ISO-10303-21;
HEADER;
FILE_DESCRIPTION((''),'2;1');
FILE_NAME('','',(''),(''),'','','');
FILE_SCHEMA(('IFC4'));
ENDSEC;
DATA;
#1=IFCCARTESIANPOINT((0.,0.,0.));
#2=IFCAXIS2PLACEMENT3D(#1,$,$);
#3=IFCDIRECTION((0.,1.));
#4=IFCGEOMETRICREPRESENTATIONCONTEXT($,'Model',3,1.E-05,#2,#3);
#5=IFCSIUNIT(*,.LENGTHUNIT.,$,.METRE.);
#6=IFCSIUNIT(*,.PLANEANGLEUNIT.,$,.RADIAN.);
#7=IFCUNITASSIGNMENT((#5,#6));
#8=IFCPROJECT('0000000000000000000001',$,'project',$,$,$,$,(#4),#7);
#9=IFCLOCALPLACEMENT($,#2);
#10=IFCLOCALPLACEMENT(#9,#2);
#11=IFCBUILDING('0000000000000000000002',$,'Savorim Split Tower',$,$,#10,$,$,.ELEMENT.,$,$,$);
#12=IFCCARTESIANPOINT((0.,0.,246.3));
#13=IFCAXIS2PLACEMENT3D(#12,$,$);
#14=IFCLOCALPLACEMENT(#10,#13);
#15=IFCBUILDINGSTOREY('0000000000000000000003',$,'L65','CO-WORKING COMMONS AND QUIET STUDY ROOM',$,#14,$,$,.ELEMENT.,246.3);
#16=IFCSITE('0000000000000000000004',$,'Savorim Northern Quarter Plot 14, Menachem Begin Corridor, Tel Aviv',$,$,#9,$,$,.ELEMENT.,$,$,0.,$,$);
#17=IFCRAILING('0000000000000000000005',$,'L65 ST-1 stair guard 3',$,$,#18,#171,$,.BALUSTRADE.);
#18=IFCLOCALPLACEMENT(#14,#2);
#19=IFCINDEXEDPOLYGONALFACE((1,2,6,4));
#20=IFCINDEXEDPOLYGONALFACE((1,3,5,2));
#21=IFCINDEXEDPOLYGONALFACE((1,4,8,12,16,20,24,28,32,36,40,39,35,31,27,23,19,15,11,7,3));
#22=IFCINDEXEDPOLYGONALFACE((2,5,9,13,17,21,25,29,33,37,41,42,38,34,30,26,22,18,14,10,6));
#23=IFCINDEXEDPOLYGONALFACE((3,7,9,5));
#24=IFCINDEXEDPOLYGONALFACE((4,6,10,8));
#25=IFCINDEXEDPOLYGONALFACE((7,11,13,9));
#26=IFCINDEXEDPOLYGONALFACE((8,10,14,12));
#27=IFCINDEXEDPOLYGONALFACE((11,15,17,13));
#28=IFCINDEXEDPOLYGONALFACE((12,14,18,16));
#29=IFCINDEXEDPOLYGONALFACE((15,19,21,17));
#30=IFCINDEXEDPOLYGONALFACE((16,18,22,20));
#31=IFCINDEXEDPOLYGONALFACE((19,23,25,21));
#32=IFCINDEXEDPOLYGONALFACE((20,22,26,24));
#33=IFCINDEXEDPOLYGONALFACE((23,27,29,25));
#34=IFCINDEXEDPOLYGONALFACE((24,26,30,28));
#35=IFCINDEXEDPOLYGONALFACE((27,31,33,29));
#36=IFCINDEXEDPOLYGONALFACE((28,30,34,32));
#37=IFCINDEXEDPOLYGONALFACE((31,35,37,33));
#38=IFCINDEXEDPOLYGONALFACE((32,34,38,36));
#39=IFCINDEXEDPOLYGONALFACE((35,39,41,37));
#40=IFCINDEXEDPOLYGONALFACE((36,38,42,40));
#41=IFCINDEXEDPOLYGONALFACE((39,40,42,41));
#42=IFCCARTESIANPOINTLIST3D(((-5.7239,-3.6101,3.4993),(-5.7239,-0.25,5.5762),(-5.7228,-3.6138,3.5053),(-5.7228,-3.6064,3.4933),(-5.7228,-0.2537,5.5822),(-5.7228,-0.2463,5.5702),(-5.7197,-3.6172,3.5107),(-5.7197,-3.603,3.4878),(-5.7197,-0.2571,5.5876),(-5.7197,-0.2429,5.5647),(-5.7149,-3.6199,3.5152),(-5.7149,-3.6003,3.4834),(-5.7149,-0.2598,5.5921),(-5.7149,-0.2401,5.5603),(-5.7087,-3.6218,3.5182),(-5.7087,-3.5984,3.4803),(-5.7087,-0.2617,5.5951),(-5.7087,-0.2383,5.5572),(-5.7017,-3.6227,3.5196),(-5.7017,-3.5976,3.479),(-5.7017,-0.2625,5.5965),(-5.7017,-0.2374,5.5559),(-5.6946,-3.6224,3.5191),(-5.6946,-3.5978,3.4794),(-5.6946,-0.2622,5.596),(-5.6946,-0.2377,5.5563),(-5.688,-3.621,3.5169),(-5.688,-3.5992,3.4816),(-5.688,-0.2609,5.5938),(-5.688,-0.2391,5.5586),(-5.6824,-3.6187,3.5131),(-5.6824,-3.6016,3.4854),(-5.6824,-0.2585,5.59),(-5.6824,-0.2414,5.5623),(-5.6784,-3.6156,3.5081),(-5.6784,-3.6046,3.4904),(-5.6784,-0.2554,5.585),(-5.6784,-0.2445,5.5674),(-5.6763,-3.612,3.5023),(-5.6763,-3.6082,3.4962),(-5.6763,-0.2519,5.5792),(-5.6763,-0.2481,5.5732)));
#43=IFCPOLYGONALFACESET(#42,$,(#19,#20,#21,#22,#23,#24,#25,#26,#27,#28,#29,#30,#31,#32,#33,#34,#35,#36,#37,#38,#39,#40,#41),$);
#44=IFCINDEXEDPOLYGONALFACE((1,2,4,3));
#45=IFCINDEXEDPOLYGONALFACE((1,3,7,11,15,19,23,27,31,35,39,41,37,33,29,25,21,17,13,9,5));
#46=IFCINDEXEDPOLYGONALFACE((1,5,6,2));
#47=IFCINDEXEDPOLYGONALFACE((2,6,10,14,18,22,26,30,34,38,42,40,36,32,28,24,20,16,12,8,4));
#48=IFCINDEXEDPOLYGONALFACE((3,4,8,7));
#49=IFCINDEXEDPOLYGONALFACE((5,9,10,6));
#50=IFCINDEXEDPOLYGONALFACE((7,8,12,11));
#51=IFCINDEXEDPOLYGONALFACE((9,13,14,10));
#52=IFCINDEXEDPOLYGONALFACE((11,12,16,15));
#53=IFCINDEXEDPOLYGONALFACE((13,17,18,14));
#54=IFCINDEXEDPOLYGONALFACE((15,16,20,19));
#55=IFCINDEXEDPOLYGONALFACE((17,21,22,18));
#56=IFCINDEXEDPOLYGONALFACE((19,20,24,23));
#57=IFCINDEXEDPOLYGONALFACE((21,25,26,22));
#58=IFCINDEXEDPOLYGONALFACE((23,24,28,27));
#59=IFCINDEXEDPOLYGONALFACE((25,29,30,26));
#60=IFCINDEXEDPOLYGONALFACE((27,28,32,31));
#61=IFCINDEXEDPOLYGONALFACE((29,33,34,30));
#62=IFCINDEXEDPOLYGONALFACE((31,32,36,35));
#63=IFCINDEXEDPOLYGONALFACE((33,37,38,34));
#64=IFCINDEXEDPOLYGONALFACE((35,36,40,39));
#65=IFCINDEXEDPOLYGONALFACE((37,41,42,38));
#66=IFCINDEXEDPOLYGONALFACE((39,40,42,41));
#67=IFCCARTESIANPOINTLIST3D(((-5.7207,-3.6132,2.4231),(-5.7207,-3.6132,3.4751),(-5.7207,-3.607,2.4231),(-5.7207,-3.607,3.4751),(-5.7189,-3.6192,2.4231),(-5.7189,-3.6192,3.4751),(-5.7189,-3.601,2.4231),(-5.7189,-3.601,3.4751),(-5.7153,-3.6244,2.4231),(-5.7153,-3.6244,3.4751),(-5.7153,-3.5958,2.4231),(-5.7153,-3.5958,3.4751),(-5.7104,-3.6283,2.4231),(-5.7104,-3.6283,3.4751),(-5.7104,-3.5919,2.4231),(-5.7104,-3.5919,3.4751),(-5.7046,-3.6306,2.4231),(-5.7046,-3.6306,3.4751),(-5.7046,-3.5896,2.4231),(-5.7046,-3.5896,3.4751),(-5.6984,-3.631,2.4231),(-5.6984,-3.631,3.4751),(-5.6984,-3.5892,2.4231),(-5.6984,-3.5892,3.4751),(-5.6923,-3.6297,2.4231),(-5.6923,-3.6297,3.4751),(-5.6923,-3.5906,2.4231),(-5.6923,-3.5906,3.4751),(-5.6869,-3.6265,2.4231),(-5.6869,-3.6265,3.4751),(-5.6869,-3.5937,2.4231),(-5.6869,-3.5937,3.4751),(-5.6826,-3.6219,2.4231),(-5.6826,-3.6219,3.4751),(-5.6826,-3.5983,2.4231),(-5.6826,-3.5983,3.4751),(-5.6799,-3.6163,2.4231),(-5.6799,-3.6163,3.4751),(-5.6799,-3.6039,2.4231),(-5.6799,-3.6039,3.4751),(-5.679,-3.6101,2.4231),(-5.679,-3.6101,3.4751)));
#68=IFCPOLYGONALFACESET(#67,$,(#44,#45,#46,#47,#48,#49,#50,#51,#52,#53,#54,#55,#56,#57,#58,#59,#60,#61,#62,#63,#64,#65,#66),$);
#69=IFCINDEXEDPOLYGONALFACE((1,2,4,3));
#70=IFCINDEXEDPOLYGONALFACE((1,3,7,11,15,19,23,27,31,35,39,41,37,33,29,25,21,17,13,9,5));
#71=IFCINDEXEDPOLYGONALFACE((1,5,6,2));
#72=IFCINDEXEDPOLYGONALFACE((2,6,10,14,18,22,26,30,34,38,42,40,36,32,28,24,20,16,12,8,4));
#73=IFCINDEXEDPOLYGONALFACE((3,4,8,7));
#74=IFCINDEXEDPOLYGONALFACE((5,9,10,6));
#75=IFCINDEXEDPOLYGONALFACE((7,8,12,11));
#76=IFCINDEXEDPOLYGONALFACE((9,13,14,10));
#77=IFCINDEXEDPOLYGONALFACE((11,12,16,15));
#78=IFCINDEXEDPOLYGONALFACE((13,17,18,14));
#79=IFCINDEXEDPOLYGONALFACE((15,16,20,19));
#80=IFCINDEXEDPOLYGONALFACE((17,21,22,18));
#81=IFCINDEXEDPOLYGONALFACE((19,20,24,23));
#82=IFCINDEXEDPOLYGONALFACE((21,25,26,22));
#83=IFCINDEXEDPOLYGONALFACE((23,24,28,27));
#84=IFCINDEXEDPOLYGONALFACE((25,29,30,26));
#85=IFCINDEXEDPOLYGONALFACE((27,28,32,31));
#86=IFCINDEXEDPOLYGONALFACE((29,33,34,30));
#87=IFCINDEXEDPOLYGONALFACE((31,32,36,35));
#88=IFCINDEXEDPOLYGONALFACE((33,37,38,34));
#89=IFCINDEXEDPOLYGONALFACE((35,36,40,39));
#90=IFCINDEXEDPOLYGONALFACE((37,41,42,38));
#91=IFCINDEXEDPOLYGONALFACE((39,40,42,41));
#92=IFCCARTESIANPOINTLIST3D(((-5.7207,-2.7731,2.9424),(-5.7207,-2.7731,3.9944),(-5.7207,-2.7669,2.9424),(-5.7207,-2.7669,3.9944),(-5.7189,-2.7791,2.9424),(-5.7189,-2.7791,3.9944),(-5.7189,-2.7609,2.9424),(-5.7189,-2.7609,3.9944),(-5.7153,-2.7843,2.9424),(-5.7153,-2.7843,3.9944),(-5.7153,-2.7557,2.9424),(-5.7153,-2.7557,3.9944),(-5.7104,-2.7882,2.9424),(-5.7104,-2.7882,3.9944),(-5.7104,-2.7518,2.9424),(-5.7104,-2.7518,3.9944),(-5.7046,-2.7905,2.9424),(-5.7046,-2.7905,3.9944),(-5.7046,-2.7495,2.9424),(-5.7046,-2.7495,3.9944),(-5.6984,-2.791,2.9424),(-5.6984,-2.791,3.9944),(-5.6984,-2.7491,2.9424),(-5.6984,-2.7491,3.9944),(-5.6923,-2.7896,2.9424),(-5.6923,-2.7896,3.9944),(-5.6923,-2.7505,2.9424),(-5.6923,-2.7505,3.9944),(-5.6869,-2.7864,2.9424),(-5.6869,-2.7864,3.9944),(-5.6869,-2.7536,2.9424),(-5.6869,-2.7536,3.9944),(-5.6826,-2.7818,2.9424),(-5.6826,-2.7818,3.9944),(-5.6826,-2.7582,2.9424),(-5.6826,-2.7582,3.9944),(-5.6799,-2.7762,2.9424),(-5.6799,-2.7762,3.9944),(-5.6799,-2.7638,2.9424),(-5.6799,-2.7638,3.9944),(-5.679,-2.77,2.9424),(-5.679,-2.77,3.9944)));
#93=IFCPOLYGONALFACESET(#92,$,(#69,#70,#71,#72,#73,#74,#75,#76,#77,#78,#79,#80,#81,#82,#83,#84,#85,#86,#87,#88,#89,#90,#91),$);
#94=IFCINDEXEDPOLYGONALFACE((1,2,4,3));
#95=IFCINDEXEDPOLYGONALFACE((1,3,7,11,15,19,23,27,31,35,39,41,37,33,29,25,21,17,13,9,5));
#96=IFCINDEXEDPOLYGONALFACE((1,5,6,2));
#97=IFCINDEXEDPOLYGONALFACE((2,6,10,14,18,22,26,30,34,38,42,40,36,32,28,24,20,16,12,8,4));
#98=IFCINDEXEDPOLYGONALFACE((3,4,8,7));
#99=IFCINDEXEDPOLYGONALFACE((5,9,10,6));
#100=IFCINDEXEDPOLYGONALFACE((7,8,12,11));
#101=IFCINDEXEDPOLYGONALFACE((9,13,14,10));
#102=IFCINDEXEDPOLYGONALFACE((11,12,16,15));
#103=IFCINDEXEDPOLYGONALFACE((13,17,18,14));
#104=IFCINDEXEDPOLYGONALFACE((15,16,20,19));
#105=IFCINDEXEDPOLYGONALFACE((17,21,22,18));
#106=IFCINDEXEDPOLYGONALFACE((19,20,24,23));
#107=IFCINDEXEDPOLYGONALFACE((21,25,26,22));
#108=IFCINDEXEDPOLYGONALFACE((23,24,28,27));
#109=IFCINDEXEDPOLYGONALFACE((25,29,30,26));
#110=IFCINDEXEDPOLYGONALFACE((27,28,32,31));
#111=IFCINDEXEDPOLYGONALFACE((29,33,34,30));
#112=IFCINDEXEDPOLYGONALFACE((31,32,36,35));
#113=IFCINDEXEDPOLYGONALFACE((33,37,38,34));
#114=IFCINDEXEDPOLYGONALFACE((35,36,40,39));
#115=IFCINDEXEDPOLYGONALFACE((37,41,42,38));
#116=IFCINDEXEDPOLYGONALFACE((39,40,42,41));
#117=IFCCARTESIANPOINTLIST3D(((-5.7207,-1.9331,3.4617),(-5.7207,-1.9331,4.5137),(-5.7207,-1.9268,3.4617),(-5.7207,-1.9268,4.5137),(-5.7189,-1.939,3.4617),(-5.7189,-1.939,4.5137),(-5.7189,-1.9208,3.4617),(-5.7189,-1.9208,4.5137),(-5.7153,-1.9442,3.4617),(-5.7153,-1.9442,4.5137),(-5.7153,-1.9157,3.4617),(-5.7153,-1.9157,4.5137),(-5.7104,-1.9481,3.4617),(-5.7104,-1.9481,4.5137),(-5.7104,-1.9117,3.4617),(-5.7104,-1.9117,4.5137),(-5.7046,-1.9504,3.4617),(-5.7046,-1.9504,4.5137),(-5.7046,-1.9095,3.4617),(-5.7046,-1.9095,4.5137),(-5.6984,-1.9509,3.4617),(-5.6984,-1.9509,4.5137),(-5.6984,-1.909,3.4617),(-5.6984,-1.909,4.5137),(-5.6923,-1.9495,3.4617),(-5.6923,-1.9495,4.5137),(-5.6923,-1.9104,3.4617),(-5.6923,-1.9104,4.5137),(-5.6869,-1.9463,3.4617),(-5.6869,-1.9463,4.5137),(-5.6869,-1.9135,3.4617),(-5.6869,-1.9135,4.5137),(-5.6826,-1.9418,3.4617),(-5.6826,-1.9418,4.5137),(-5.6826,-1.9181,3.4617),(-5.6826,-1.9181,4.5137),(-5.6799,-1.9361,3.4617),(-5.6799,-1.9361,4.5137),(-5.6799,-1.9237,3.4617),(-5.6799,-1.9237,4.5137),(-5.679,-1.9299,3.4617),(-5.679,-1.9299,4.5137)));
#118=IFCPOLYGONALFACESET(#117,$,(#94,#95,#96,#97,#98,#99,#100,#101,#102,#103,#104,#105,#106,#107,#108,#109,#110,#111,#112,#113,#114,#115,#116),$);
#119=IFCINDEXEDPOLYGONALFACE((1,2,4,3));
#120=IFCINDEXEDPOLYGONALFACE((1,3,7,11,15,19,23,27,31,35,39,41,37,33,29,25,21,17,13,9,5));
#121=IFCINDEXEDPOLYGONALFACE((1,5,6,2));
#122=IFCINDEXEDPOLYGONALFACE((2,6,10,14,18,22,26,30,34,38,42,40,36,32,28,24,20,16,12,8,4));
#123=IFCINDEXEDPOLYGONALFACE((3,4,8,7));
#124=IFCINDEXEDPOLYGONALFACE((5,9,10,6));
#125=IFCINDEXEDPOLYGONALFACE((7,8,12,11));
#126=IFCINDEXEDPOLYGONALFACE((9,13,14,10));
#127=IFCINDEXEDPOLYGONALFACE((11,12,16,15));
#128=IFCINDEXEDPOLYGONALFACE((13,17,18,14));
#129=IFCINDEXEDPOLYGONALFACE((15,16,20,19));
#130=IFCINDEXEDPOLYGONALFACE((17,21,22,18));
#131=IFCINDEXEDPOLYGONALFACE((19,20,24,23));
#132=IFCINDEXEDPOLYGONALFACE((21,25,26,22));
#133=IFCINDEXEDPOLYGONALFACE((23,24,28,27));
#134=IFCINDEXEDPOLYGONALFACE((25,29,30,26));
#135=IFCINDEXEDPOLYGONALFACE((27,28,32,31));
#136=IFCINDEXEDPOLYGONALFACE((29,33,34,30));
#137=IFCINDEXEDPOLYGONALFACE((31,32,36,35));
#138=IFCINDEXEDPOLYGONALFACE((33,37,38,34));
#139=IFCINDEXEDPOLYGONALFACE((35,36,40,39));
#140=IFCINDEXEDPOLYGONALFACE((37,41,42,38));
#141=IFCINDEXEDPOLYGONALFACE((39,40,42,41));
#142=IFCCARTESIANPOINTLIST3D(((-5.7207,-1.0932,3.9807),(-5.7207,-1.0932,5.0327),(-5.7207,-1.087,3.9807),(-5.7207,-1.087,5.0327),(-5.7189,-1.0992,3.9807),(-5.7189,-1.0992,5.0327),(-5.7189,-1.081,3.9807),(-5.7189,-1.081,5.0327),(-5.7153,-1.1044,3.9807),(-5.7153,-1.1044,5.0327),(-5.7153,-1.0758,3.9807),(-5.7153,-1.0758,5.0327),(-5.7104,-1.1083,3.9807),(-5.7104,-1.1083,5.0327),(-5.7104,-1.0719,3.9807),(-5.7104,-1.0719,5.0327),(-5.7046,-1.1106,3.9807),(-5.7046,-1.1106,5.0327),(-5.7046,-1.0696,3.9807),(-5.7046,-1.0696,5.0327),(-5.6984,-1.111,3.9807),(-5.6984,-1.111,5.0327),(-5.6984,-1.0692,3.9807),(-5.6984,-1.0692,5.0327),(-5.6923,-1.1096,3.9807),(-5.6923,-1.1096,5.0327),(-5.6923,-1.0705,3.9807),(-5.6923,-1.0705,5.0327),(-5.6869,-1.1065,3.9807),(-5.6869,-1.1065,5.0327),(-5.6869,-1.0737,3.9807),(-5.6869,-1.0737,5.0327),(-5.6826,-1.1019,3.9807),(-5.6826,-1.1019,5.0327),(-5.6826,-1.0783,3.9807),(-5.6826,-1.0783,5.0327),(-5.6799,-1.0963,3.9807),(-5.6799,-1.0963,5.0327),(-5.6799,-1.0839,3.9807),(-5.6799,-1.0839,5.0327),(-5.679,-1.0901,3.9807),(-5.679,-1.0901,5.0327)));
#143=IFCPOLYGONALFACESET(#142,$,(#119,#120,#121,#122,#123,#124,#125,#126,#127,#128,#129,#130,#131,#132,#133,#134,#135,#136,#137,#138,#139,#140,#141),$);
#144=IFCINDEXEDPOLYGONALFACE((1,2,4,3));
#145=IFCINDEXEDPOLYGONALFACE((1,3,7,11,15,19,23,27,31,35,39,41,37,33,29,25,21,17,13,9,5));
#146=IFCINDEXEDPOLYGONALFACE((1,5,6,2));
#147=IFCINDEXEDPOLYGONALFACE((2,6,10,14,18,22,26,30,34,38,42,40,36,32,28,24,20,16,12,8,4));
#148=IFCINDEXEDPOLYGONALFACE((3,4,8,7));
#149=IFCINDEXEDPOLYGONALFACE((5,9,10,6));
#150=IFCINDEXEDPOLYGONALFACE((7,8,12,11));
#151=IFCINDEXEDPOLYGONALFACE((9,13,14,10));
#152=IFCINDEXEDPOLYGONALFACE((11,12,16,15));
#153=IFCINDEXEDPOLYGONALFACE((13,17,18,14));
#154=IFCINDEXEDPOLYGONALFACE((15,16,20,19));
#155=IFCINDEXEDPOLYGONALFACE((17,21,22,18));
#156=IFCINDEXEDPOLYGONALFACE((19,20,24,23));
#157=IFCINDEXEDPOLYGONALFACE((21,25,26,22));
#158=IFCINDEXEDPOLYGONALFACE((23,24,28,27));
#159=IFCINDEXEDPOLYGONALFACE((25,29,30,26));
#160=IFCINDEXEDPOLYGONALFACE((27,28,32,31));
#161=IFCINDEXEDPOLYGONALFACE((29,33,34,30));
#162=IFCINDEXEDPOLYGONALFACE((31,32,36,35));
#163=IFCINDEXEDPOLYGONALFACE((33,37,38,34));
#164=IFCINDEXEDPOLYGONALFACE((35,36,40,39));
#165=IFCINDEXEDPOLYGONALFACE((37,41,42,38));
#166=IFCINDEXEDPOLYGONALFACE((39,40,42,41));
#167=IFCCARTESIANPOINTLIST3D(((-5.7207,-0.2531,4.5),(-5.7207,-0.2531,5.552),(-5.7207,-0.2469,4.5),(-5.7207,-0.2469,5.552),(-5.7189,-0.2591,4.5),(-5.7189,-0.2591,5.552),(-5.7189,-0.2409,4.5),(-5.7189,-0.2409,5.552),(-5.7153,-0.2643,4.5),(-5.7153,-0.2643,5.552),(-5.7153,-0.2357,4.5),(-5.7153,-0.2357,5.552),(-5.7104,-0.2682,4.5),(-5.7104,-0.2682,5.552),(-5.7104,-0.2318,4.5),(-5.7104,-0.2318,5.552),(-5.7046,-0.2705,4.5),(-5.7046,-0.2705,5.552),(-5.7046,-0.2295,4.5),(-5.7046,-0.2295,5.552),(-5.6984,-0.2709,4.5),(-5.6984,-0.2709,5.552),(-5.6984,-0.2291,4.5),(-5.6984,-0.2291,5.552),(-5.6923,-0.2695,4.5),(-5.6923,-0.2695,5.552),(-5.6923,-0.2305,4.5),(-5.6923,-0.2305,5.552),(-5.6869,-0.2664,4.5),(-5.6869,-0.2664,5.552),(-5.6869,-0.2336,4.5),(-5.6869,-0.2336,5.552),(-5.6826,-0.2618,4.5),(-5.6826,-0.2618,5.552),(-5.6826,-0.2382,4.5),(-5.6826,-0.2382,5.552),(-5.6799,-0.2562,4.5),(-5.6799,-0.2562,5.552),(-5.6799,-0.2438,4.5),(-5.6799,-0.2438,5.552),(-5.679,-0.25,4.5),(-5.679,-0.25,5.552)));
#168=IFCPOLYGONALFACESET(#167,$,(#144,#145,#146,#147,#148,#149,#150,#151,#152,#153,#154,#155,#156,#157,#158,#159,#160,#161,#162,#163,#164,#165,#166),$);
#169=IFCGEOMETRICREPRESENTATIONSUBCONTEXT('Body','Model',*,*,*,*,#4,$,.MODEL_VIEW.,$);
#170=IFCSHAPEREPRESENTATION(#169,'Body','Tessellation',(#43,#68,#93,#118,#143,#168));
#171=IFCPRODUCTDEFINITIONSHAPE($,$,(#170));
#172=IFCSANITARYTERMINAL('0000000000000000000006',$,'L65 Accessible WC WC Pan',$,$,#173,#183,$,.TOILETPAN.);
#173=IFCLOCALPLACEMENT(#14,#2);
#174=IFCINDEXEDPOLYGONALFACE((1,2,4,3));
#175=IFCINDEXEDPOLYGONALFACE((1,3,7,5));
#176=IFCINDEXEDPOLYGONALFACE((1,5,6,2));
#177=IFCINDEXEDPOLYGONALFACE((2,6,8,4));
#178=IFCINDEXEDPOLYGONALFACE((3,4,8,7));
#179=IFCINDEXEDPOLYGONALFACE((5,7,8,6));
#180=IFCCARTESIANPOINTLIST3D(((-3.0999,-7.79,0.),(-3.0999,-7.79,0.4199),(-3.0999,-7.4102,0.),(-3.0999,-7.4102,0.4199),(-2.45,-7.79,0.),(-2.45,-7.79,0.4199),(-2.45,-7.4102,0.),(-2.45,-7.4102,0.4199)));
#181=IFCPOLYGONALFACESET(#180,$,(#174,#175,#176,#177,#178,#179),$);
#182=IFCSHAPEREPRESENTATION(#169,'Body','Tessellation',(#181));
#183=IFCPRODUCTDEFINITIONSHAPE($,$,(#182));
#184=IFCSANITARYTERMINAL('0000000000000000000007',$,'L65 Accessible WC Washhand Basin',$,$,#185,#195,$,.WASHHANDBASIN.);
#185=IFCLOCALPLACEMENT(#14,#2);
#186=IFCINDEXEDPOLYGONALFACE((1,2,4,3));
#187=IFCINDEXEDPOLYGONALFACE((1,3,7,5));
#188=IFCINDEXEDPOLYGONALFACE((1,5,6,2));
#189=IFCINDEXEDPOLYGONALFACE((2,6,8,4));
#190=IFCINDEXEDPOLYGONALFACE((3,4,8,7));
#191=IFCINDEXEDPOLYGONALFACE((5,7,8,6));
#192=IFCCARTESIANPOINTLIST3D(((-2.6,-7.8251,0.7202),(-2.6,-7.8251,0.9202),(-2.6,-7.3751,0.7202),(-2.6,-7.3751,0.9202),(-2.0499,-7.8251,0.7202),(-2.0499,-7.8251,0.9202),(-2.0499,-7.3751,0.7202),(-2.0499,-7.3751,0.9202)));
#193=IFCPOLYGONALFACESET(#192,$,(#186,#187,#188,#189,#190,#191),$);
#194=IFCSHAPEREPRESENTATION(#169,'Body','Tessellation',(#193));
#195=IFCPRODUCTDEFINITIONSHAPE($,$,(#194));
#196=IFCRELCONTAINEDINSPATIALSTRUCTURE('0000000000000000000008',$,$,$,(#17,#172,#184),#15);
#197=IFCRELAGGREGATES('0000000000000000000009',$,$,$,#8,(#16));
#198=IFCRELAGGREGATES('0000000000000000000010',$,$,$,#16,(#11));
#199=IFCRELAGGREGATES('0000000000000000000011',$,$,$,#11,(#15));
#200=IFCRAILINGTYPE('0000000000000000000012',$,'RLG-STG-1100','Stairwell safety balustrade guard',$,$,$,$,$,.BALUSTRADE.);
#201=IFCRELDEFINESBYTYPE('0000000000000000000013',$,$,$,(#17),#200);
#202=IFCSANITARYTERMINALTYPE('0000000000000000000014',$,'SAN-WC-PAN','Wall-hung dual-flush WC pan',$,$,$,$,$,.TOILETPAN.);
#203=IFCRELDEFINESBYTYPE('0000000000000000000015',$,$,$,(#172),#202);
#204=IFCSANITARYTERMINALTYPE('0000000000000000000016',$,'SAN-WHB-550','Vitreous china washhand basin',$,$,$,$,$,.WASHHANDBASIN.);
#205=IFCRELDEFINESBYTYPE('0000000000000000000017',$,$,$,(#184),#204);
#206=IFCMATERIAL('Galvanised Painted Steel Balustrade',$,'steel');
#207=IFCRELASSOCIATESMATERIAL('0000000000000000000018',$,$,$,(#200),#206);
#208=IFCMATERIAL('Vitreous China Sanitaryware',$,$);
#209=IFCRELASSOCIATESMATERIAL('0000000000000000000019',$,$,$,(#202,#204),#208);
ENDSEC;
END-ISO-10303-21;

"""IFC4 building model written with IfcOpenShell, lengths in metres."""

from ifc_helpers import new_model, si_unit, direction, frame, origin, origin_2d, place, context, subcontext, project, spatial, rectangle, circle, extrude, material, type_object, element, save


model = new_model("IFC4")

# Units and contexts
model_context = context("Model", 3, precision=1e-05, world=origin(), true_north=direction((0.0, 1.0)))
body_context = subcontext(model_context, "Body", "Model", "MODEL_VIEW")
ifc_project = project(units=[si_unit("LENGTHUNIT", "METRE"), si_unit("PLANEANGLEUNIT", "RADIAN")], contexts=[model_context])

# Site, building, storey
site_placement = place(None, origin())
site = spatial("IfcSite", under=ifc_project, at=site_placement, Name="Savorim Northern Quarter Plot 14, Menachem Begin Corridor, Tel Aviv", CompositionType="ELEMENT", RefElevation=0.0)
building_placement = place(site_placement, origin())
building = spatial("IfcBuilding", under=site, at=building_placement, Name="Savorim Split Tower", CompositionType="ELEMENT")
storey_placement = place(building_placement, frame((0.0, 0.0, 246.3)))
storey = spatial("IfcBuildingStorey", under=building, at=storey_placement, Name="L65", Description="CO-WORKING COMMONS AND QUIET STUDY ROOM", CompositionType="ELEMENT", Elevation=246.3)

# Railing
ifc_material_1 = material(Name="Galvanised Painted Steel Balustrade", Category="steel")
railing_type_1 = type_object("IfcRailingType", Name="RLG-STG-1100", Description="Stairwell safety balustrade guard", PredefinedType="BALUSTRADE", material=ifc_material_1)
railing_1_placement = place(storey_placement, frame((-5.7, -3.6101, 2.4231)))
element("IfcRailing", 1, at=railing_1_placement, inside=storey, type_object=railing_type_1, Name="L65 ST-1 stair guard 3", PredefinedType="BALUSTRADE", context=body_context, shape_type="SweptSolid", body=[
    extrude(circle(Radius=0.0239, at=origin_2d()), frame((0.0, 0.0, 1.0762), z_axis=(0.0, 0.850623, 0.525776), x_axis=(-1.0, 0.0, 0.0)), (0.0, 0.0, 1.0), 3.9502),
    extrude(circle(Radius=0.021, at=origin_2d()), origin(), (0.0, 0.0, 1.0), 1.052),
    extrude(circle(Radius=0.021, at=origin_2d()), frame((0.0, 0.8401, 0.5193)), (0.0, 0.0, 1.0), 1.052),
    extrude(circle(Radius=0.021, at=origin_2d()), frame((0.0, 1.6802, 1.0386)), (0.0, 0.0, 1.0), 1.052),
    extrude(circle(Radius=0.021, at=origin_2d()), frame((0.0, 2.52, 1.5576)), (0.0, 0.0, 1.0), 1.052),
    extrude(circle(Radius=0.021, at=origin_2d()), frame((0.0, 3.3601, 2.0769)), (0.0, 0.0, 1.0), 1.052),
])

# Sanitary terminals
ifc_material_2 = material(Name="Vitreous China Sanitaryware")
sanitary_terminal_type_1 = type_object("IfcSanitaryTerminalType", Name="SAN-WC-PAN", Description="Wall-hung dual-flush WC pan", PredefinedType="TOILETPAN", material=ifc_material_2)
sanitary_terminal_1_placement = place(storey_placement, frame((-2.7749, -7.6001, 0.0), z_axis=(0.0, 0.0, 1.0), x_axis=(1.0, 0.0, 0.0)))
element("IfcSanitaryTerminal", 2, at=sanitary_terminal_1_placement, inside=storey, type_object=sanitary_terminal_type_1, Name="L65 Accessible WC WC Pan", PredefinedType="TOILETPAN", context=body_context, shape_type="SweptSolid", body=[
    extrude(rectangle(XDim=0.6499, YDim=0.3799, at=origin_2d()), origin(), (0.0, 0.0, 1.0), 0.4199),
])
sanitary_terminal_type_2 = type_object("IfcSanitaryTerminalType", Name="SAN-WHB-550", Description="Vitreous china washhand basin", PredefinedType="WASHHANDBASIN", material=ifc_material_2)
sanitary_terminal_2_placement = place(storey_placement, frame((-2.325, -7.6001, 0.7202), z_axis=(0.0, 0.0, 1.0), x_axis=(1.0, 0.0, 0.0)))
element("IfcSanitaryTerminal", 3, at=sanitary_terminal_2_placement, inside=storey, type_object=sanitary_terminal_type_2, Name="L65 Accessible WC Washhand Basin", PredefinedType="WASHHANDBASIN", context=body_context, shape_type="SweptSolid", body=[
    extrude(rectangle(XDim=0.55, YDim=0.45, at=origin_2d()), origin(), (0.0, 0.0, 1.0), 0.2),
])

save(model, "model.ifc")
